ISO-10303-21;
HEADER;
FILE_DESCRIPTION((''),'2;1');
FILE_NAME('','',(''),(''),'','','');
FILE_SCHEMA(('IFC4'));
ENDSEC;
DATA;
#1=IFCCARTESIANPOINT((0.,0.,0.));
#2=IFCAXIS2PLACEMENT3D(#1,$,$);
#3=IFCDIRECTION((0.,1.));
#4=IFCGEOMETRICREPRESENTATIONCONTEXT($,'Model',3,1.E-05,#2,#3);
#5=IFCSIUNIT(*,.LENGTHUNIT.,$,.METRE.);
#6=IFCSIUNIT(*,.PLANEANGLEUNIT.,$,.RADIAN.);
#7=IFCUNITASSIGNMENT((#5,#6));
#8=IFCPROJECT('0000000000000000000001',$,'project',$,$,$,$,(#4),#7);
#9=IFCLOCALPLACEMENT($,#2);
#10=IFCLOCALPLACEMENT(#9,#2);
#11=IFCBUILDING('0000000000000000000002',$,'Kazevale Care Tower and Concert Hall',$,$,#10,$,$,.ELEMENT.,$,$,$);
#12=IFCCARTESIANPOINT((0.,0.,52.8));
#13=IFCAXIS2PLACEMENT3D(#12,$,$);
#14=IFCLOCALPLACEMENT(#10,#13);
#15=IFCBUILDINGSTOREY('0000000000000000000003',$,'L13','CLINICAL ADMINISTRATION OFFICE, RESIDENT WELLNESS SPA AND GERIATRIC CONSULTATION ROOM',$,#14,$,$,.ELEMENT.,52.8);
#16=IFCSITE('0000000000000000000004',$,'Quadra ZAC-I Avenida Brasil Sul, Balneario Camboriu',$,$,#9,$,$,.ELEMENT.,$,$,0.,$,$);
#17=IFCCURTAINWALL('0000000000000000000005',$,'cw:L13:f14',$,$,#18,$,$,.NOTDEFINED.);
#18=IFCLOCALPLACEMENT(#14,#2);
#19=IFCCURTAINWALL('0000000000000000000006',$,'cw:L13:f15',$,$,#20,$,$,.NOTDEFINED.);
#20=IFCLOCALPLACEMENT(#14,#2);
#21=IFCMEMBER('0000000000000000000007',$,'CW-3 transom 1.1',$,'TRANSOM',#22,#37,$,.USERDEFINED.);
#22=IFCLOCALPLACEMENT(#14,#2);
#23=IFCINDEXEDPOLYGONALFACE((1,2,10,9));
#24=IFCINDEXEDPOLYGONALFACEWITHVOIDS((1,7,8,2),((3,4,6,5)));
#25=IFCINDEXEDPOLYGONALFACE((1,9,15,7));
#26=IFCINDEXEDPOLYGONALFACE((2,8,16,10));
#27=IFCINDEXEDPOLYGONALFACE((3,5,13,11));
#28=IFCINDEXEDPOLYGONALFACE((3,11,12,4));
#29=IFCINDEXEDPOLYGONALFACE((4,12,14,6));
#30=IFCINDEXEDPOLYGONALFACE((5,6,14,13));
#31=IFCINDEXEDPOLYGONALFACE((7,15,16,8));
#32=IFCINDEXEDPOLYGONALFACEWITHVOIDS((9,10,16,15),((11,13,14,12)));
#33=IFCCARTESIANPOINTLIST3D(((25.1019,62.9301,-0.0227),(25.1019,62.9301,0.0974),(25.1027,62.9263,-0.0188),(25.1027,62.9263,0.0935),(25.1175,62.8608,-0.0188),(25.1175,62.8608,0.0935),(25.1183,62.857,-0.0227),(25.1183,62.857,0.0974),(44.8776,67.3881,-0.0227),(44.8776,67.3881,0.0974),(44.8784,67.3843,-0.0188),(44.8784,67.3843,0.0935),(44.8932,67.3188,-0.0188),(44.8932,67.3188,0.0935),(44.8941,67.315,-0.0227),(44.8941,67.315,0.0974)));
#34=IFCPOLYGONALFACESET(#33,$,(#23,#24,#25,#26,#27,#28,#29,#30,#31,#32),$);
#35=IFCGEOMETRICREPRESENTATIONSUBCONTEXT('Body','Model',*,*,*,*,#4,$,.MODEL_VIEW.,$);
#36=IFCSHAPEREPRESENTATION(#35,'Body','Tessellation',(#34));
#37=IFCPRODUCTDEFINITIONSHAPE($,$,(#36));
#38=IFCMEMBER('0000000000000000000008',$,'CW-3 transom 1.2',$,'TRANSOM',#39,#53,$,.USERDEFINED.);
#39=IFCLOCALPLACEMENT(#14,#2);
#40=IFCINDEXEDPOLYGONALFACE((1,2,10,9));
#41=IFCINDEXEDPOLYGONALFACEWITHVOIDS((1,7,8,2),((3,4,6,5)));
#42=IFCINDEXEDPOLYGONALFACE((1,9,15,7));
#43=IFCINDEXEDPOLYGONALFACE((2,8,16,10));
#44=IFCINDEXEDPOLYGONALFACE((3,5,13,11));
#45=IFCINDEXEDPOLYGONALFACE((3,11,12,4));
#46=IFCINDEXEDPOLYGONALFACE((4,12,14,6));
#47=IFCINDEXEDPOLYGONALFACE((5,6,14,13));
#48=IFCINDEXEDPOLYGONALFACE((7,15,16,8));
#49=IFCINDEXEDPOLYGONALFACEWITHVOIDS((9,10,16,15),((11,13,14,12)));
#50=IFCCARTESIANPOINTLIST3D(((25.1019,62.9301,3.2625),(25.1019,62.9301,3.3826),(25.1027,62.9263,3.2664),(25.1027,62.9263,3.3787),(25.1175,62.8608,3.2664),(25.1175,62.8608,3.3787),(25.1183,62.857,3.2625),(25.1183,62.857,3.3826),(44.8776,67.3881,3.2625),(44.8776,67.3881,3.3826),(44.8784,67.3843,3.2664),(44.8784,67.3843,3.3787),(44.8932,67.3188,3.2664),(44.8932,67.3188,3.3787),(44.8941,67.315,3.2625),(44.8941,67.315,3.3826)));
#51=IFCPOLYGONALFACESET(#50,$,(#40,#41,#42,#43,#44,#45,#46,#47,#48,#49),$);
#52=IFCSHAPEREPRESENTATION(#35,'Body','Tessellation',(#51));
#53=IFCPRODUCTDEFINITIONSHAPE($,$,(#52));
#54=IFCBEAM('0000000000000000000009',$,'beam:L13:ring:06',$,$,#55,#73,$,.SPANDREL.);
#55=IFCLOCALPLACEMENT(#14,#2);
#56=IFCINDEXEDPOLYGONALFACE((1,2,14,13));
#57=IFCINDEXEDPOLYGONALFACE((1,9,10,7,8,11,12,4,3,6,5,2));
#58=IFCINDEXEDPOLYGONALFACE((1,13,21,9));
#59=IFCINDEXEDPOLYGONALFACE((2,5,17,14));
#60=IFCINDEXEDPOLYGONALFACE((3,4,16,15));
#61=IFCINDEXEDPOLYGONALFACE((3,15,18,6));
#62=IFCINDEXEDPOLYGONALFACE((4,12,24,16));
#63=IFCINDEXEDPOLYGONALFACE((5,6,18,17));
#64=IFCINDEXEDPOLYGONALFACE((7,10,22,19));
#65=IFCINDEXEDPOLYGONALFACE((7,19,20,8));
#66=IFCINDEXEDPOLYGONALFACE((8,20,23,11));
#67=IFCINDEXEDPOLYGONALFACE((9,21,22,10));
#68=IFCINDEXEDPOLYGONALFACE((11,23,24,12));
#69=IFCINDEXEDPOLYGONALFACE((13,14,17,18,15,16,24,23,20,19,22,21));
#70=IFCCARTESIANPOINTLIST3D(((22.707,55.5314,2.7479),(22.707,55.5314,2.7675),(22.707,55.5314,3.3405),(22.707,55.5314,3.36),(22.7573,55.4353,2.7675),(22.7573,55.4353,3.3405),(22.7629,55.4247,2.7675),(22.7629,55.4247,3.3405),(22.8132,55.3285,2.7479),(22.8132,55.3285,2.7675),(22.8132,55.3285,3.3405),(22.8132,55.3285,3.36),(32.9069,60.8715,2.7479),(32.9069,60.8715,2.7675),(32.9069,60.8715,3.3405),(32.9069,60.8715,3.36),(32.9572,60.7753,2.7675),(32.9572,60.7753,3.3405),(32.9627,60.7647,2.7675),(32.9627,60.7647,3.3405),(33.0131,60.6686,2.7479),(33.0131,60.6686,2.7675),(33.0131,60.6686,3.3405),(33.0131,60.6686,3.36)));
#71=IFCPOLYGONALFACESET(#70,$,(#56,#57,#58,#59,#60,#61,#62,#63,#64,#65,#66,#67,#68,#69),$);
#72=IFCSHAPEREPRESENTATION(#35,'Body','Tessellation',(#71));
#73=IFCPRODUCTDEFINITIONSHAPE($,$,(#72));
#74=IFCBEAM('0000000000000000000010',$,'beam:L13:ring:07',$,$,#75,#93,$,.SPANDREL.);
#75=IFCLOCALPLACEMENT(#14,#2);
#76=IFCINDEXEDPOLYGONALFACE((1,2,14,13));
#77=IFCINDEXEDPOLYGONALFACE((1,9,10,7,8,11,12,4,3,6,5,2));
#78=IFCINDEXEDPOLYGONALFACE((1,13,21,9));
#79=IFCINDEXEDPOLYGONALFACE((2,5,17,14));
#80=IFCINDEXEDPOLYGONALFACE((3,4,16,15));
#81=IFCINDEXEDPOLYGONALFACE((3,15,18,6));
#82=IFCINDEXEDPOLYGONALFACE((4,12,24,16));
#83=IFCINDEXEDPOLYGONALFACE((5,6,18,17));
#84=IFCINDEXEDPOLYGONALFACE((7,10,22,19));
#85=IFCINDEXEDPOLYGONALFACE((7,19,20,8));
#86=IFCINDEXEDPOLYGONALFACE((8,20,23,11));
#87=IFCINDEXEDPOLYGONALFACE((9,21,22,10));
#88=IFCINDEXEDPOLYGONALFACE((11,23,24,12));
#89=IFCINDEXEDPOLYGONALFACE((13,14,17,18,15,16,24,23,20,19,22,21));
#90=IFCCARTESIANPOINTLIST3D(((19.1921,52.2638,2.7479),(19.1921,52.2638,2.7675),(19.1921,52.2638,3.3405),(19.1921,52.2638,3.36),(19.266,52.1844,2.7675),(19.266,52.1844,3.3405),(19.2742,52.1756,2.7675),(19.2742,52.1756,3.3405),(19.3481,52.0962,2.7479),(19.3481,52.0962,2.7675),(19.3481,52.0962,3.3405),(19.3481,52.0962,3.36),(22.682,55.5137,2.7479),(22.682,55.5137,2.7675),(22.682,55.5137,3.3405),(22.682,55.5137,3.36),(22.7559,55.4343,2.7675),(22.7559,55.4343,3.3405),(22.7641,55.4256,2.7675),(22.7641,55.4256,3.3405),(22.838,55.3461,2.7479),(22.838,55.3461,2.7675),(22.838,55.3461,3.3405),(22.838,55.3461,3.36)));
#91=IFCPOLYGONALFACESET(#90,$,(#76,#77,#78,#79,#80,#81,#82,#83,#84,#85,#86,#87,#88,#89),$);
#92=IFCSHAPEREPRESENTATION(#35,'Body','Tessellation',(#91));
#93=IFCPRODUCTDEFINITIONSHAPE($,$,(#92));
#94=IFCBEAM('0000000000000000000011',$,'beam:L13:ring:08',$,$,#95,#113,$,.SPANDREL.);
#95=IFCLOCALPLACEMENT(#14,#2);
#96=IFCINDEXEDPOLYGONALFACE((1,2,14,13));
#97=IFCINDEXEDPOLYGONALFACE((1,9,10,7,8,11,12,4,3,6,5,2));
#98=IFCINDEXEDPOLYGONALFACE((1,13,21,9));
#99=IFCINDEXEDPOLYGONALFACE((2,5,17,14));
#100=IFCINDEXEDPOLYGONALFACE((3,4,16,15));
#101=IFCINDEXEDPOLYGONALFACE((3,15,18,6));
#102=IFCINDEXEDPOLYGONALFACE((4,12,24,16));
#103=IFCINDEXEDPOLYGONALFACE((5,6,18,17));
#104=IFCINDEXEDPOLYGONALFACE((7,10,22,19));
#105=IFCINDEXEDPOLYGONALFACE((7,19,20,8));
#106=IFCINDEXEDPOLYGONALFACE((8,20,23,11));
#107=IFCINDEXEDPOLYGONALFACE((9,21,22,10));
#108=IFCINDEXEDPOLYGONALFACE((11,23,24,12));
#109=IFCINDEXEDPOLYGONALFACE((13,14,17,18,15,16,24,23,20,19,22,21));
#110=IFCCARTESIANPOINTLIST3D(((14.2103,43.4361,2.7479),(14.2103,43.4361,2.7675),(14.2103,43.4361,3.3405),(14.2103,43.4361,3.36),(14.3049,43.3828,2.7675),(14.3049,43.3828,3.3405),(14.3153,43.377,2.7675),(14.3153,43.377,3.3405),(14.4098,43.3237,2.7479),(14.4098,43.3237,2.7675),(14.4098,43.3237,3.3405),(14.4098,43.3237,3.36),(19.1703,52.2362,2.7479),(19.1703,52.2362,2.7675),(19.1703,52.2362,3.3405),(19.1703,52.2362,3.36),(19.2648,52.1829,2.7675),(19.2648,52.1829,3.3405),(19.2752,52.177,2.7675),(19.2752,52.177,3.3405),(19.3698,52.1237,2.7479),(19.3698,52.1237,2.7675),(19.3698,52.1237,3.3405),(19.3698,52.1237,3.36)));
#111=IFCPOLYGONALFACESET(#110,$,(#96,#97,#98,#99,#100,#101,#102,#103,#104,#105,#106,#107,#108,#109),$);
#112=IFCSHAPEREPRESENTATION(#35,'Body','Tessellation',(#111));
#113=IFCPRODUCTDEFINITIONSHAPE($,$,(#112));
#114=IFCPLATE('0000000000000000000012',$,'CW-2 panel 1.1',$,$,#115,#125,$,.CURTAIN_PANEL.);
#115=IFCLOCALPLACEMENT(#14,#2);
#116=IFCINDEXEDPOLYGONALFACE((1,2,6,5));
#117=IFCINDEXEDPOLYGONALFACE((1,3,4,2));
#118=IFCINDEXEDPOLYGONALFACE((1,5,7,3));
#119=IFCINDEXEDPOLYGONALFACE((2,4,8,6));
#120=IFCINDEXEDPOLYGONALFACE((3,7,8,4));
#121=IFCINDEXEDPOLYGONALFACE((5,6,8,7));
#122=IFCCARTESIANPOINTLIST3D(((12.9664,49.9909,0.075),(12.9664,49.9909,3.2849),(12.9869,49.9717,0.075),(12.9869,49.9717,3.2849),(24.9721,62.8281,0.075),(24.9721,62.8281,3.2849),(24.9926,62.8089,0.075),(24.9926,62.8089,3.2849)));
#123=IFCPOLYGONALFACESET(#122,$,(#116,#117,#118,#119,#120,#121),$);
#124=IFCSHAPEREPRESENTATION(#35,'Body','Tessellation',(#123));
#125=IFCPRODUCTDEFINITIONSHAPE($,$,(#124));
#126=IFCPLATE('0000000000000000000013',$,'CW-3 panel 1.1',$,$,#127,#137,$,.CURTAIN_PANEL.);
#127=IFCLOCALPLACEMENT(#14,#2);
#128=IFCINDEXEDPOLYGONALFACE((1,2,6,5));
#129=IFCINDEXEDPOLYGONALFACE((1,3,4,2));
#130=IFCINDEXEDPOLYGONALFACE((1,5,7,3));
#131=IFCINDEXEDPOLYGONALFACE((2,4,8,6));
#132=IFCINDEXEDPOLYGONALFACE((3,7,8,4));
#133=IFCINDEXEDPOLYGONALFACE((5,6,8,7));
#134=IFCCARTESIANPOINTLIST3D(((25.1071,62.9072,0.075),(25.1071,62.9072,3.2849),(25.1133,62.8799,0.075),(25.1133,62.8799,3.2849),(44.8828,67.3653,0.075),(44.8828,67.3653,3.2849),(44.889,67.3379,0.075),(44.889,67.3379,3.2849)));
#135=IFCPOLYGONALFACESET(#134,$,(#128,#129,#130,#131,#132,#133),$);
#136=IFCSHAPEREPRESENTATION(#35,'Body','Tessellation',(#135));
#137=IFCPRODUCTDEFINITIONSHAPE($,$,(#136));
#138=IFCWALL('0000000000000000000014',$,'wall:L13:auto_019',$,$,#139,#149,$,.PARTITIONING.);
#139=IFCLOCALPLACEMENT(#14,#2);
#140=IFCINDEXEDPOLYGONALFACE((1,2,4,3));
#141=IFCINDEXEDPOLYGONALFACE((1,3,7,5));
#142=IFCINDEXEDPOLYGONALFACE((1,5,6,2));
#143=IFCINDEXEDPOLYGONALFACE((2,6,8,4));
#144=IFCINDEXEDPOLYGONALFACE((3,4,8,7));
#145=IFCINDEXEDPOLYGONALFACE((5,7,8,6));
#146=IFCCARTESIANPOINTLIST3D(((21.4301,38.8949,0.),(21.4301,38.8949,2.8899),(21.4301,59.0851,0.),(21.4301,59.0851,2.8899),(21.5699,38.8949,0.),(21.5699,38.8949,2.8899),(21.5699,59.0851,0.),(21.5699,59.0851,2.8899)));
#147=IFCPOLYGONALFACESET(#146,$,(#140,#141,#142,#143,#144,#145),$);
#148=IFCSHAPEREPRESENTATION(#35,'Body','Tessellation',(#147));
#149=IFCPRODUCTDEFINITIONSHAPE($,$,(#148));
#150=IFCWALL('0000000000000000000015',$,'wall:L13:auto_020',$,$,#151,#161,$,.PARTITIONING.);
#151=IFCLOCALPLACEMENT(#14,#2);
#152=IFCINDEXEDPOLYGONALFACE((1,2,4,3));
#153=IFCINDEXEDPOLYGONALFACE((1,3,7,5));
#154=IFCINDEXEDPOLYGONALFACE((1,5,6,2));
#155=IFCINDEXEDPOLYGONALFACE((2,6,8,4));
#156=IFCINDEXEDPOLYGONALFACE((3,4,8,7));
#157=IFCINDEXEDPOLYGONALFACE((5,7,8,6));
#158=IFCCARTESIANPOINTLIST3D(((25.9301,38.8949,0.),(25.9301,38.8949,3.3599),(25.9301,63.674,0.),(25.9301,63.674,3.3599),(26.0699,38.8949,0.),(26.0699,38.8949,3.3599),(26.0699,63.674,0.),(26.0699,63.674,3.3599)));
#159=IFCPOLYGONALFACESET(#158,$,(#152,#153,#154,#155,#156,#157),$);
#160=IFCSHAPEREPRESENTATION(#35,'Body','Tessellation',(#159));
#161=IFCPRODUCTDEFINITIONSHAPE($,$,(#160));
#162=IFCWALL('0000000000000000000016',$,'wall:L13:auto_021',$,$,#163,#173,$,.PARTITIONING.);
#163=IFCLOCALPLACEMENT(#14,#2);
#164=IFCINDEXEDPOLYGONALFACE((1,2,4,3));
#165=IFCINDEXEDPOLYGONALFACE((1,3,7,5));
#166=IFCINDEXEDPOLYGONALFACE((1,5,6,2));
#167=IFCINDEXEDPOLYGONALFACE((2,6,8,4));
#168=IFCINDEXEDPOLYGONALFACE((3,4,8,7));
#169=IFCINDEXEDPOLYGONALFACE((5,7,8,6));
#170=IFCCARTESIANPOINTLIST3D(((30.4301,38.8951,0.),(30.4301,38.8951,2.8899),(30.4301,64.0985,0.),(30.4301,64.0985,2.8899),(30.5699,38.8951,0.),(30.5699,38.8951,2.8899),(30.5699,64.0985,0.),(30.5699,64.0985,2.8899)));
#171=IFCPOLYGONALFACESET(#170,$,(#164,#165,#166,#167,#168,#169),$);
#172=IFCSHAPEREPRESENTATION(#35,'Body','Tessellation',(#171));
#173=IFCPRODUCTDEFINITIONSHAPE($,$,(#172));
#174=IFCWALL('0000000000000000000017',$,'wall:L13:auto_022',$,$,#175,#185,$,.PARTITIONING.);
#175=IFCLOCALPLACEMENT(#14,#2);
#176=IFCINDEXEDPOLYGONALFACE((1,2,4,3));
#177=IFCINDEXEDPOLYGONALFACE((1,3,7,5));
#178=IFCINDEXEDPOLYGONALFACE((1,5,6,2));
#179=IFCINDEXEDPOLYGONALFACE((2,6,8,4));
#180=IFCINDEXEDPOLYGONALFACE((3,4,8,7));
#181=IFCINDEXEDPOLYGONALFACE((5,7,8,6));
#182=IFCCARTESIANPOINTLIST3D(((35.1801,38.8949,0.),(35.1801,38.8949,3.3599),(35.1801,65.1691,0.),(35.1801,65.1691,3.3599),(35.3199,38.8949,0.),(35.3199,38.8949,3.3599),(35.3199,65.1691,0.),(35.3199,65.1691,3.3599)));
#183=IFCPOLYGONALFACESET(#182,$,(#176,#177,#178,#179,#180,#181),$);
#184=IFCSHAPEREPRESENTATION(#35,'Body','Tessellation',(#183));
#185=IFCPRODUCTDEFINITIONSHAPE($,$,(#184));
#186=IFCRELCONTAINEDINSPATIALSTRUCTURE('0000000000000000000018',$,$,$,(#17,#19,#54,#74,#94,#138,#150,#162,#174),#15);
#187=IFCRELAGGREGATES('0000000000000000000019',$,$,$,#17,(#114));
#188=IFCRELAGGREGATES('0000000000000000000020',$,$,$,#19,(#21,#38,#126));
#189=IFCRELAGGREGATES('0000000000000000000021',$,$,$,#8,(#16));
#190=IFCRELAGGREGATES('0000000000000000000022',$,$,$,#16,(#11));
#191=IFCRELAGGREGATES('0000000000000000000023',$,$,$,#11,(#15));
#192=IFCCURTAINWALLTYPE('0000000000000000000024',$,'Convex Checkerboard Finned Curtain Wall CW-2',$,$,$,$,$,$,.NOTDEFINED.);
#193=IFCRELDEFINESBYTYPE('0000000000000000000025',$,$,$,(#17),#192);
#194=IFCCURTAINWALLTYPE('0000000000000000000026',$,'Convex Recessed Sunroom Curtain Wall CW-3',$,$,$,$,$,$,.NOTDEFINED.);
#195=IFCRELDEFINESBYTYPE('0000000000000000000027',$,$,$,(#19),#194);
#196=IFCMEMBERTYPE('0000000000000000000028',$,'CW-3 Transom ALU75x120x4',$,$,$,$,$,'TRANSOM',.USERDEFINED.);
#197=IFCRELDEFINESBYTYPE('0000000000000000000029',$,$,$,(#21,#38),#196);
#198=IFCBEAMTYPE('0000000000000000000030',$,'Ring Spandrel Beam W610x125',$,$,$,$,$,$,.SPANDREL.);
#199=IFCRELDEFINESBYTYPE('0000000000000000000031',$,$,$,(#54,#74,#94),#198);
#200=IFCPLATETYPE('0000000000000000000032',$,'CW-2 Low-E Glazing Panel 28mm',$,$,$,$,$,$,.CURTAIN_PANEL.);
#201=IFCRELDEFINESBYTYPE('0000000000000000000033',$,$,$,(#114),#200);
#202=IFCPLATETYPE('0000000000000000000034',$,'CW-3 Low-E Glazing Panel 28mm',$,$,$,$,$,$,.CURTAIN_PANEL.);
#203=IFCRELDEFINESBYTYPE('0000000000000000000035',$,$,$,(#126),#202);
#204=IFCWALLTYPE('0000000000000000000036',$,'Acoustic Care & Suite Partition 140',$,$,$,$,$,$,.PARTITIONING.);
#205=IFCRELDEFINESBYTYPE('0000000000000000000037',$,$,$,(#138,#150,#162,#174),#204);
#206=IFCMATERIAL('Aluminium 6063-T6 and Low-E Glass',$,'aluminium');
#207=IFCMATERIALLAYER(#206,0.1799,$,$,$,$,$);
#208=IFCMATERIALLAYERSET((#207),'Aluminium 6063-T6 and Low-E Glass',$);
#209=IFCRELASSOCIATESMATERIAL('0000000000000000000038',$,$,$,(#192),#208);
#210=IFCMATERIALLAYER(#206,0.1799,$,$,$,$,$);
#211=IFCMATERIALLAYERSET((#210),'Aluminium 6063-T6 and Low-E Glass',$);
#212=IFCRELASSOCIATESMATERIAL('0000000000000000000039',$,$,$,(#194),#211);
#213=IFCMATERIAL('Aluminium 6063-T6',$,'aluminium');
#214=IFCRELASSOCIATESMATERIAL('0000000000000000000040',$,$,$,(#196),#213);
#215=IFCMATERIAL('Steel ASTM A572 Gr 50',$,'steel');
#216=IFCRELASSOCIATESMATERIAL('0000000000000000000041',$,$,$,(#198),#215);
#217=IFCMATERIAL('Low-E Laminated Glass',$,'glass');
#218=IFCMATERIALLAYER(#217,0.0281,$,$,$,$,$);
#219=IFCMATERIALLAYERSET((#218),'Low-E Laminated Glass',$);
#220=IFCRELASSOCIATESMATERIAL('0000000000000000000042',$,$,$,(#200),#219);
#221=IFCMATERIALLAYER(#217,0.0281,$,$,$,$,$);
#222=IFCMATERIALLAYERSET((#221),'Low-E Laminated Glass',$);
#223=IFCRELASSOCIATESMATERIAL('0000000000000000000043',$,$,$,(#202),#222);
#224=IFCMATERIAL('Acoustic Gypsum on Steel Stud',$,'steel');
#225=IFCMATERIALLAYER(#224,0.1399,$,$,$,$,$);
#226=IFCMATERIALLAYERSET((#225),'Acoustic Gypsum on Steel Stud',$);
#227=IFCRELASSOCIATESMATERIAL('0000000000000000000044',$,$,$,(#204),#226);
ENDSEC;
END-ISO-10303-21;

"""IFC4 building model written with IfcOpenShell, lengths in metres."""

from ifc_helpers import new_model, si_unit, direction, frame, frame_2d, origin, origin_2d, place, context, subcontext, project, spatial, rectangle, hollow_rectangle, i_section, extrude, material, layer, layer_set, material_profile, profile_set, type_object, element, aggregate, save


model = new_model("IFC4")

# Units and contexts
model_context = context("Model", 3, precision=1e-05, world=origin(), true_north=direction((0.0, 1.0)))
body_context = subcontext(model_context, "Body", "Model", "MODEL_VIEW")
ifc_project = project(units=[si_unit("LENGTHUNIT", "METRE"), si_unit("PLANEANGLEUNIT", "RADIAN")], contexts=[model_context])

# Site, building, storey
site_placement = place(None, origin())
site = spatial("IfcSite", under=ifc_project, at=site_placement, Name="Quadra ZAC-I Avenida Brasil Sul, Balneario Camboriu", CompositionType="ELEMENT", RefElevation=0.0)
building_placement = place(site_placement, origin())
building = spatial("IfcBuilding", under=site, at=building_placement, Name="Kazevale Care Tower and Concert Hall", CompositionType="ELEMENT")
storey_placement = place(building_placement, frame((0.0, 0.0, 52.8)))
storey = spatial("IfcBuildingStorey", under=building, at=storey_placement, Name="L13", Description="CLINICAL ADMINISTRATION OFFICE, RESIDENT WELLNESS SPA AND GERIATRIC CONSULTATION ROOM", CompositionType="ELEMENT", Elevation=52.8)

# Curtain wall
ifc_material_1 = material(Name="Aluminium 6063-T6 and Low-E Glass", Category="aluminium")
ifc_layer_1 = layer(ifc_material_1, 0.1799)
ifc_layer_set_1 = layer_set([ifc_layer_1], Name="Aluminium 6063-T6 and Low-E Glass")
curtain_wall_type_1 = type_object("IfcCurtainWallType", Name="Convex Checkerboard Finned Curtain Wall CW-2", PredefinedType="NOTDEFINED", material=ifc_layer_set_1)
curtain_wall_1_placement = place(storey_placement, origin())
curtain_wall_1 = element("IfcCurtainWall", 1, at=curtain_wall_1_placement, inside=storey, type_object=curtain_wall_type_1, Name="cw:L13:f14", PredefinedType="NOTDEFINED")
ifc_material_2 = material(Name="Aluminium 6063-T6", Category="aluminium")

# Curtain wall, members
ifc_layer_2 = layer(ifc_material_1, 0.1799)
ifc_layer_set_2 = layer_set([ifc_layer_2], Name="Aluminium 6063-T6 and Low-E Glass")
curtain_wall_type_2 = type_object("IfcCurtainWallType", Name="Convex Recessed Sunroom Curtain Wall CW-3", PredefinedType="NOTDEFINED", material=ifc_layer_set_2)
curtain_wall_2_placement = place(storey_placement, origin())
curtain_wall_2 = element("IfcCurtainWall", 2, at=curtain_wall_2_placement, inside=storey, type_object=curtain_wall_type_2, Name="cw:L13:f15", PredefinedType="NOTDEFINED")
ifc_material_profile_1 = material_profile(ifc_material_2, hollow_rectangle(XDim=0.075, YDim=0.1201, WallThickness=0.0039, at=origin_2d()), Name="ALU75x120x4")
ifc_profile_set_1 = profile_set([ifc_material_profile_1], Name="Aluminium 6063-T6")
member_type_1 = type_object("IfcMemberType", Name="CW-3 Transom ALU75x120x4", ElementType="TRANSOM", PredefinedType="USERDEFINED", material=ifc_profile_set_1)
member_1_placement = place(storey_placement, frame((25.1101, 62.8936, 0.0374), z_axis=(0.97552, 0.219911, 0.0), x_axis=(-0.219911, 0.97552, 0.0)))
member_1 = element("IfcMember", 3, at=member_1_placement, type_object=member_type_1, Name="CW-3 transom 1.1", ObjectType="TRANSOM", PredefinedType="USERDEFINED", context=body_context, shape_type="SweptSolid", body=[
    extrude(hollow_rectangle(XDim=0.075, YDim=0.1201, WallThickness=0.0039, at=origin_2d()), origin(), (0.0, 0.0, 1.0), 20.272),
])
member_2_placement = place(storey_placement, frame((25.1101, 62.8936, 3.3225), z_axis=(0.97552, 0.219911, 0.0), x_axis=(-0.219911, 0.97552, 0.0)))
member_2 = element("IfcMember", 4, at=member_2_placement, type_object=member_type_1, Name="CW-3 transom 1.2", ObjectType="TRANSOM", PredefinedType="USERDEFINED", context=body_context, shape_type="SweptSolid", body=[
    extrude(hollow_rectangle(XDim=0.075, YDim=0.1201, WallThickness=0.0039, at=origin_2d()), origin(), (0.0, 0.0, 1.0), 20.272),
])

# Beams
ifc_material_3 = material(Name="Steel ASTM A572 Gr 50", Category="steel")
ifc_material_profile_2 = material_profile(ifc_material_3, i_section(OverallWidth=0.229, OverallDepth=0.6121, WebThickness=0.012, FlangeThickness=0.0195, at=origin_2d()), Name="W610x125")
ifc_profile_set_2 = profile_set([ifc_material_profile_2], Name="Steel ASTM A572 Gr 50")
beam_type = type_object("IfcBeamType", Name="Ring Spandrel Beam W610x125", PredefinedType="SPANDREL", material=ifc_profile_set_2)
beam_1_placement = place(storey_placement, frame((32.96, 60.77, 3.054), z_axis=(-0.885929, -0.46382, 0.0), x_axis=(0.46382, -0.885929, 0.0)))
element("IfcBeam", 5, at=beam_1_placement, inside=storey, type_object=beam_type, Name="beam:L13:ring:06", PredefinedType="SPANDREL", context=body_context, shape_type="SweptSolid", body=[
    extrude(i_section(OverallWidth=0.229, OverallDepth=0.6121, WebThickness=0.012, FlangeThickness=0.0195, at=origin_2d()), origin(), (0.0, 0.0, 1.0), 11.5132),
])
beam_2_placement = place(storey_placement, frame((22.76, 55.4299, 3.054), z_axis=(-0.731821, -0.681497, 0.0), x_axis=(0.681497, -0.731821, 0.0)))
element("IfcBeam", 6, at=beam_2_placement, inside=storey, type_object=beam_type, Name="beam:L13:ring:07", PredefinedType="SPANDREL", context=body_context, shape_type="SweptSolid", body=[
    extrude(i_section(OverallWidth=0.229, OverallDepth=0.6121, WebThickness=0.012, FlangeThickness=0.0195, at=origin_2d()), origin(), (0.0, 0.0, 1.0), 4.7688),
])
beam_3_placement = place(storey_placement, frame((19.27, 52.1799, 3.054), z_axis=(-0.491008, -0.871155, 0.0), x_axis=(0.871155, -0.491008, 0.0)))
element("IfcBeam", 7, at=beam_3_placement, inside=storey, type_object=beam_type, Name="beam:L13:ring:08", PredefinedType="SPANDREL", context=body_context, shape_type="SweptSolid", body=[
    extrude(i_section(OverallWidth=0.229, OverallDepth=0.6121, WebThickness=0.012, FlangeThickness=0.0195, at=origin_2d()), origin(), (0.0, 0.0, 1.0), 10.1016),
])

# Plates
ifc_material_4 = material(Name="Low-E Laminated Glass", Category="glass")
ifc_layer_3 = layer(ifc_material_4, 0.0281)
ifc_layer_set_3 = layer_set([ifc_layer_3], Name="Low-E Laminated Glass")
plate_type_1 = type_object("IfcPlateType", Name="CW-2 Low-E Glazing Panel 28mm", PredefinedType="CURTAIN_PANEL", material=ifc_layer_set_3)
plate_1_placement = place(storey_placement, frame((18.9795, 56.3999, 0.075), z_axis=(0.0, 0.0, 1.0), x_axis=(0.683059, 0.730363, 0.0)))
plate_1 = element("IfcPlate", 8, at=plate_1_placement, type_object=plate_type_1, Name="CW-2 panel 1.1", PredefinedType="CURTAIN_PANEL", context=body_context, shape_type="SweptSolid", body=[
    extrude(rectangle(XDim=17.5764, YDim=0.0281, at=origin_2d()), origin(), (0.0, 0.0, 1.0), 3.21),
])
aggregate(curtain_wall_1, [plate_1])
ifc_layer_4 = layer(ifc_material_4, 0.0281)
ifc_layer_set_4 = layer_set([ifc_layer_4], Name="Low-E Laminated Glass")
plate_type_2 = type_object("IfcPlateType", Name="CW-3 Low-E Glazing Panel 28mm", PredefinedType="CURTAIN_PANEL", material=ifc_layer_set_4)
plate_2_placement = place(storey_placement, frame((34.998, 65.1226, 0.075), z_axis=(0.0, 0.0, 1.0), x_axis=(0.97552, 0.219911, 0.0)))
plate_2 = element("IfcPlate", 9, at=plate_2_placement, type_object=plate_type_2, Name="CW-3 panel 1.1", PredefinedType="CURTAIN_PANEL", context=body_context, shape_type="SweptSolid", body=[
    extrude(rectangle(XDim=20.272, YDim=0.0281, at=origin_2d()), origin(), (0.0, 0.0, 1.0), 3.21),
])
aggregate(curtain_wall_2, [member_1, member_2, plate_2])

# Walls
ifc_material_5 = material(Name="Acoustic Gypsum on Steel Stud", Category="steel")
ifc_layer_5 = layer(ifc_material_5, 0.1399)
ifc_layer_set_5 = layer_set([ifc_layer_5], Name="Acoustic Gypsum on Steel Stud")
wall_type = type_object("IfcWallType", Name="Acoustic Care & Suite Partition 140", PredefinedType="PARTITIONING", material=ifc_layer_set_5)
wall_1_placement = place(storey_placement, frame((21.5, 59.0852, 0.0), z_axis=(0.0, 0.0, 1.0), x_axis=(0.0, -1.0, 0.0)))
element("IfcWall", 10, at=wall_1_placement, inside=storey, type_object=wall_type, Name="wall:L13:auto_019", PredefinedType="PARTITIONING", context=body_context, shape_type="SweptSolid", body=[
    extrude(rectangle(XDim=20.1902, YDim=0.1399, at=frame_2d((10.0952, 0.0))), origin(), (0.0, 0.0, 1.0), 2.8899),
])
wall_2_placement = place(storey_placement, frame((26.0, 63.6741, 0.0), z_axis=(0.0, 0.0, 1.0), x_axis=(0.0, -1.0, 0.0)))
element("IfcWall", 11, at=wall_2_placement, inside=storey, type_object=wall_type, Name="wall:L13:auto_020", PredefinedType="PARTITIONING", context=body_context, shape_type="SweptSolid", body=[
    extrude(rectangle(XDim=24.7791, YDim=0.1399, at=frame_2d((12.3896, 0.0))), origin(), (0.0, 0.0, 1.0), 3.3599),
])
wall_3_placement = place(storey_placement, frame((30.5, 64.0984, 0.0), z_axis=(0.0, 0.0, 1.0), x_axis=(0.0, -1.0, 0.0)))
element("IfcWall", 12, at=wall_3_placement, inside=storey, type_object=wall_type, Name="wall:L13:auto_021", PredefinedType="PARTITIONING", context=body_context, shape_type="SweptSolid", body=[
    extrude(rectangle(XDim=25.2034, YDim=0.1399, at=frame_2d((12.6016, 0.0))), origin(), (0.0, 0.0, 1.0), 2.8899),
])
wall_4_placement = place(storey_placement, frame((35.25, 65.1692, 0.0), z_axis=(0.0, 0.0, 1.0), x_axis=(0.0, -1.0, 0.0)))
element("IfcWall", 13, at=wall_4_placement, inside=storey, type_object=wall_type, Name="wall:L13:auto_022", PredefinedType="PARTITIONING", context=body_context, shape_type="SweptSolid", body=[
    extrude(rectangle(XDim=26.2742, YDim=0.1399, at=frame_2d((13.1372, 0.0))), origin(), (0.0, 0.0, 1.0), 3.3599),
])

save(model, "model.ifc")
